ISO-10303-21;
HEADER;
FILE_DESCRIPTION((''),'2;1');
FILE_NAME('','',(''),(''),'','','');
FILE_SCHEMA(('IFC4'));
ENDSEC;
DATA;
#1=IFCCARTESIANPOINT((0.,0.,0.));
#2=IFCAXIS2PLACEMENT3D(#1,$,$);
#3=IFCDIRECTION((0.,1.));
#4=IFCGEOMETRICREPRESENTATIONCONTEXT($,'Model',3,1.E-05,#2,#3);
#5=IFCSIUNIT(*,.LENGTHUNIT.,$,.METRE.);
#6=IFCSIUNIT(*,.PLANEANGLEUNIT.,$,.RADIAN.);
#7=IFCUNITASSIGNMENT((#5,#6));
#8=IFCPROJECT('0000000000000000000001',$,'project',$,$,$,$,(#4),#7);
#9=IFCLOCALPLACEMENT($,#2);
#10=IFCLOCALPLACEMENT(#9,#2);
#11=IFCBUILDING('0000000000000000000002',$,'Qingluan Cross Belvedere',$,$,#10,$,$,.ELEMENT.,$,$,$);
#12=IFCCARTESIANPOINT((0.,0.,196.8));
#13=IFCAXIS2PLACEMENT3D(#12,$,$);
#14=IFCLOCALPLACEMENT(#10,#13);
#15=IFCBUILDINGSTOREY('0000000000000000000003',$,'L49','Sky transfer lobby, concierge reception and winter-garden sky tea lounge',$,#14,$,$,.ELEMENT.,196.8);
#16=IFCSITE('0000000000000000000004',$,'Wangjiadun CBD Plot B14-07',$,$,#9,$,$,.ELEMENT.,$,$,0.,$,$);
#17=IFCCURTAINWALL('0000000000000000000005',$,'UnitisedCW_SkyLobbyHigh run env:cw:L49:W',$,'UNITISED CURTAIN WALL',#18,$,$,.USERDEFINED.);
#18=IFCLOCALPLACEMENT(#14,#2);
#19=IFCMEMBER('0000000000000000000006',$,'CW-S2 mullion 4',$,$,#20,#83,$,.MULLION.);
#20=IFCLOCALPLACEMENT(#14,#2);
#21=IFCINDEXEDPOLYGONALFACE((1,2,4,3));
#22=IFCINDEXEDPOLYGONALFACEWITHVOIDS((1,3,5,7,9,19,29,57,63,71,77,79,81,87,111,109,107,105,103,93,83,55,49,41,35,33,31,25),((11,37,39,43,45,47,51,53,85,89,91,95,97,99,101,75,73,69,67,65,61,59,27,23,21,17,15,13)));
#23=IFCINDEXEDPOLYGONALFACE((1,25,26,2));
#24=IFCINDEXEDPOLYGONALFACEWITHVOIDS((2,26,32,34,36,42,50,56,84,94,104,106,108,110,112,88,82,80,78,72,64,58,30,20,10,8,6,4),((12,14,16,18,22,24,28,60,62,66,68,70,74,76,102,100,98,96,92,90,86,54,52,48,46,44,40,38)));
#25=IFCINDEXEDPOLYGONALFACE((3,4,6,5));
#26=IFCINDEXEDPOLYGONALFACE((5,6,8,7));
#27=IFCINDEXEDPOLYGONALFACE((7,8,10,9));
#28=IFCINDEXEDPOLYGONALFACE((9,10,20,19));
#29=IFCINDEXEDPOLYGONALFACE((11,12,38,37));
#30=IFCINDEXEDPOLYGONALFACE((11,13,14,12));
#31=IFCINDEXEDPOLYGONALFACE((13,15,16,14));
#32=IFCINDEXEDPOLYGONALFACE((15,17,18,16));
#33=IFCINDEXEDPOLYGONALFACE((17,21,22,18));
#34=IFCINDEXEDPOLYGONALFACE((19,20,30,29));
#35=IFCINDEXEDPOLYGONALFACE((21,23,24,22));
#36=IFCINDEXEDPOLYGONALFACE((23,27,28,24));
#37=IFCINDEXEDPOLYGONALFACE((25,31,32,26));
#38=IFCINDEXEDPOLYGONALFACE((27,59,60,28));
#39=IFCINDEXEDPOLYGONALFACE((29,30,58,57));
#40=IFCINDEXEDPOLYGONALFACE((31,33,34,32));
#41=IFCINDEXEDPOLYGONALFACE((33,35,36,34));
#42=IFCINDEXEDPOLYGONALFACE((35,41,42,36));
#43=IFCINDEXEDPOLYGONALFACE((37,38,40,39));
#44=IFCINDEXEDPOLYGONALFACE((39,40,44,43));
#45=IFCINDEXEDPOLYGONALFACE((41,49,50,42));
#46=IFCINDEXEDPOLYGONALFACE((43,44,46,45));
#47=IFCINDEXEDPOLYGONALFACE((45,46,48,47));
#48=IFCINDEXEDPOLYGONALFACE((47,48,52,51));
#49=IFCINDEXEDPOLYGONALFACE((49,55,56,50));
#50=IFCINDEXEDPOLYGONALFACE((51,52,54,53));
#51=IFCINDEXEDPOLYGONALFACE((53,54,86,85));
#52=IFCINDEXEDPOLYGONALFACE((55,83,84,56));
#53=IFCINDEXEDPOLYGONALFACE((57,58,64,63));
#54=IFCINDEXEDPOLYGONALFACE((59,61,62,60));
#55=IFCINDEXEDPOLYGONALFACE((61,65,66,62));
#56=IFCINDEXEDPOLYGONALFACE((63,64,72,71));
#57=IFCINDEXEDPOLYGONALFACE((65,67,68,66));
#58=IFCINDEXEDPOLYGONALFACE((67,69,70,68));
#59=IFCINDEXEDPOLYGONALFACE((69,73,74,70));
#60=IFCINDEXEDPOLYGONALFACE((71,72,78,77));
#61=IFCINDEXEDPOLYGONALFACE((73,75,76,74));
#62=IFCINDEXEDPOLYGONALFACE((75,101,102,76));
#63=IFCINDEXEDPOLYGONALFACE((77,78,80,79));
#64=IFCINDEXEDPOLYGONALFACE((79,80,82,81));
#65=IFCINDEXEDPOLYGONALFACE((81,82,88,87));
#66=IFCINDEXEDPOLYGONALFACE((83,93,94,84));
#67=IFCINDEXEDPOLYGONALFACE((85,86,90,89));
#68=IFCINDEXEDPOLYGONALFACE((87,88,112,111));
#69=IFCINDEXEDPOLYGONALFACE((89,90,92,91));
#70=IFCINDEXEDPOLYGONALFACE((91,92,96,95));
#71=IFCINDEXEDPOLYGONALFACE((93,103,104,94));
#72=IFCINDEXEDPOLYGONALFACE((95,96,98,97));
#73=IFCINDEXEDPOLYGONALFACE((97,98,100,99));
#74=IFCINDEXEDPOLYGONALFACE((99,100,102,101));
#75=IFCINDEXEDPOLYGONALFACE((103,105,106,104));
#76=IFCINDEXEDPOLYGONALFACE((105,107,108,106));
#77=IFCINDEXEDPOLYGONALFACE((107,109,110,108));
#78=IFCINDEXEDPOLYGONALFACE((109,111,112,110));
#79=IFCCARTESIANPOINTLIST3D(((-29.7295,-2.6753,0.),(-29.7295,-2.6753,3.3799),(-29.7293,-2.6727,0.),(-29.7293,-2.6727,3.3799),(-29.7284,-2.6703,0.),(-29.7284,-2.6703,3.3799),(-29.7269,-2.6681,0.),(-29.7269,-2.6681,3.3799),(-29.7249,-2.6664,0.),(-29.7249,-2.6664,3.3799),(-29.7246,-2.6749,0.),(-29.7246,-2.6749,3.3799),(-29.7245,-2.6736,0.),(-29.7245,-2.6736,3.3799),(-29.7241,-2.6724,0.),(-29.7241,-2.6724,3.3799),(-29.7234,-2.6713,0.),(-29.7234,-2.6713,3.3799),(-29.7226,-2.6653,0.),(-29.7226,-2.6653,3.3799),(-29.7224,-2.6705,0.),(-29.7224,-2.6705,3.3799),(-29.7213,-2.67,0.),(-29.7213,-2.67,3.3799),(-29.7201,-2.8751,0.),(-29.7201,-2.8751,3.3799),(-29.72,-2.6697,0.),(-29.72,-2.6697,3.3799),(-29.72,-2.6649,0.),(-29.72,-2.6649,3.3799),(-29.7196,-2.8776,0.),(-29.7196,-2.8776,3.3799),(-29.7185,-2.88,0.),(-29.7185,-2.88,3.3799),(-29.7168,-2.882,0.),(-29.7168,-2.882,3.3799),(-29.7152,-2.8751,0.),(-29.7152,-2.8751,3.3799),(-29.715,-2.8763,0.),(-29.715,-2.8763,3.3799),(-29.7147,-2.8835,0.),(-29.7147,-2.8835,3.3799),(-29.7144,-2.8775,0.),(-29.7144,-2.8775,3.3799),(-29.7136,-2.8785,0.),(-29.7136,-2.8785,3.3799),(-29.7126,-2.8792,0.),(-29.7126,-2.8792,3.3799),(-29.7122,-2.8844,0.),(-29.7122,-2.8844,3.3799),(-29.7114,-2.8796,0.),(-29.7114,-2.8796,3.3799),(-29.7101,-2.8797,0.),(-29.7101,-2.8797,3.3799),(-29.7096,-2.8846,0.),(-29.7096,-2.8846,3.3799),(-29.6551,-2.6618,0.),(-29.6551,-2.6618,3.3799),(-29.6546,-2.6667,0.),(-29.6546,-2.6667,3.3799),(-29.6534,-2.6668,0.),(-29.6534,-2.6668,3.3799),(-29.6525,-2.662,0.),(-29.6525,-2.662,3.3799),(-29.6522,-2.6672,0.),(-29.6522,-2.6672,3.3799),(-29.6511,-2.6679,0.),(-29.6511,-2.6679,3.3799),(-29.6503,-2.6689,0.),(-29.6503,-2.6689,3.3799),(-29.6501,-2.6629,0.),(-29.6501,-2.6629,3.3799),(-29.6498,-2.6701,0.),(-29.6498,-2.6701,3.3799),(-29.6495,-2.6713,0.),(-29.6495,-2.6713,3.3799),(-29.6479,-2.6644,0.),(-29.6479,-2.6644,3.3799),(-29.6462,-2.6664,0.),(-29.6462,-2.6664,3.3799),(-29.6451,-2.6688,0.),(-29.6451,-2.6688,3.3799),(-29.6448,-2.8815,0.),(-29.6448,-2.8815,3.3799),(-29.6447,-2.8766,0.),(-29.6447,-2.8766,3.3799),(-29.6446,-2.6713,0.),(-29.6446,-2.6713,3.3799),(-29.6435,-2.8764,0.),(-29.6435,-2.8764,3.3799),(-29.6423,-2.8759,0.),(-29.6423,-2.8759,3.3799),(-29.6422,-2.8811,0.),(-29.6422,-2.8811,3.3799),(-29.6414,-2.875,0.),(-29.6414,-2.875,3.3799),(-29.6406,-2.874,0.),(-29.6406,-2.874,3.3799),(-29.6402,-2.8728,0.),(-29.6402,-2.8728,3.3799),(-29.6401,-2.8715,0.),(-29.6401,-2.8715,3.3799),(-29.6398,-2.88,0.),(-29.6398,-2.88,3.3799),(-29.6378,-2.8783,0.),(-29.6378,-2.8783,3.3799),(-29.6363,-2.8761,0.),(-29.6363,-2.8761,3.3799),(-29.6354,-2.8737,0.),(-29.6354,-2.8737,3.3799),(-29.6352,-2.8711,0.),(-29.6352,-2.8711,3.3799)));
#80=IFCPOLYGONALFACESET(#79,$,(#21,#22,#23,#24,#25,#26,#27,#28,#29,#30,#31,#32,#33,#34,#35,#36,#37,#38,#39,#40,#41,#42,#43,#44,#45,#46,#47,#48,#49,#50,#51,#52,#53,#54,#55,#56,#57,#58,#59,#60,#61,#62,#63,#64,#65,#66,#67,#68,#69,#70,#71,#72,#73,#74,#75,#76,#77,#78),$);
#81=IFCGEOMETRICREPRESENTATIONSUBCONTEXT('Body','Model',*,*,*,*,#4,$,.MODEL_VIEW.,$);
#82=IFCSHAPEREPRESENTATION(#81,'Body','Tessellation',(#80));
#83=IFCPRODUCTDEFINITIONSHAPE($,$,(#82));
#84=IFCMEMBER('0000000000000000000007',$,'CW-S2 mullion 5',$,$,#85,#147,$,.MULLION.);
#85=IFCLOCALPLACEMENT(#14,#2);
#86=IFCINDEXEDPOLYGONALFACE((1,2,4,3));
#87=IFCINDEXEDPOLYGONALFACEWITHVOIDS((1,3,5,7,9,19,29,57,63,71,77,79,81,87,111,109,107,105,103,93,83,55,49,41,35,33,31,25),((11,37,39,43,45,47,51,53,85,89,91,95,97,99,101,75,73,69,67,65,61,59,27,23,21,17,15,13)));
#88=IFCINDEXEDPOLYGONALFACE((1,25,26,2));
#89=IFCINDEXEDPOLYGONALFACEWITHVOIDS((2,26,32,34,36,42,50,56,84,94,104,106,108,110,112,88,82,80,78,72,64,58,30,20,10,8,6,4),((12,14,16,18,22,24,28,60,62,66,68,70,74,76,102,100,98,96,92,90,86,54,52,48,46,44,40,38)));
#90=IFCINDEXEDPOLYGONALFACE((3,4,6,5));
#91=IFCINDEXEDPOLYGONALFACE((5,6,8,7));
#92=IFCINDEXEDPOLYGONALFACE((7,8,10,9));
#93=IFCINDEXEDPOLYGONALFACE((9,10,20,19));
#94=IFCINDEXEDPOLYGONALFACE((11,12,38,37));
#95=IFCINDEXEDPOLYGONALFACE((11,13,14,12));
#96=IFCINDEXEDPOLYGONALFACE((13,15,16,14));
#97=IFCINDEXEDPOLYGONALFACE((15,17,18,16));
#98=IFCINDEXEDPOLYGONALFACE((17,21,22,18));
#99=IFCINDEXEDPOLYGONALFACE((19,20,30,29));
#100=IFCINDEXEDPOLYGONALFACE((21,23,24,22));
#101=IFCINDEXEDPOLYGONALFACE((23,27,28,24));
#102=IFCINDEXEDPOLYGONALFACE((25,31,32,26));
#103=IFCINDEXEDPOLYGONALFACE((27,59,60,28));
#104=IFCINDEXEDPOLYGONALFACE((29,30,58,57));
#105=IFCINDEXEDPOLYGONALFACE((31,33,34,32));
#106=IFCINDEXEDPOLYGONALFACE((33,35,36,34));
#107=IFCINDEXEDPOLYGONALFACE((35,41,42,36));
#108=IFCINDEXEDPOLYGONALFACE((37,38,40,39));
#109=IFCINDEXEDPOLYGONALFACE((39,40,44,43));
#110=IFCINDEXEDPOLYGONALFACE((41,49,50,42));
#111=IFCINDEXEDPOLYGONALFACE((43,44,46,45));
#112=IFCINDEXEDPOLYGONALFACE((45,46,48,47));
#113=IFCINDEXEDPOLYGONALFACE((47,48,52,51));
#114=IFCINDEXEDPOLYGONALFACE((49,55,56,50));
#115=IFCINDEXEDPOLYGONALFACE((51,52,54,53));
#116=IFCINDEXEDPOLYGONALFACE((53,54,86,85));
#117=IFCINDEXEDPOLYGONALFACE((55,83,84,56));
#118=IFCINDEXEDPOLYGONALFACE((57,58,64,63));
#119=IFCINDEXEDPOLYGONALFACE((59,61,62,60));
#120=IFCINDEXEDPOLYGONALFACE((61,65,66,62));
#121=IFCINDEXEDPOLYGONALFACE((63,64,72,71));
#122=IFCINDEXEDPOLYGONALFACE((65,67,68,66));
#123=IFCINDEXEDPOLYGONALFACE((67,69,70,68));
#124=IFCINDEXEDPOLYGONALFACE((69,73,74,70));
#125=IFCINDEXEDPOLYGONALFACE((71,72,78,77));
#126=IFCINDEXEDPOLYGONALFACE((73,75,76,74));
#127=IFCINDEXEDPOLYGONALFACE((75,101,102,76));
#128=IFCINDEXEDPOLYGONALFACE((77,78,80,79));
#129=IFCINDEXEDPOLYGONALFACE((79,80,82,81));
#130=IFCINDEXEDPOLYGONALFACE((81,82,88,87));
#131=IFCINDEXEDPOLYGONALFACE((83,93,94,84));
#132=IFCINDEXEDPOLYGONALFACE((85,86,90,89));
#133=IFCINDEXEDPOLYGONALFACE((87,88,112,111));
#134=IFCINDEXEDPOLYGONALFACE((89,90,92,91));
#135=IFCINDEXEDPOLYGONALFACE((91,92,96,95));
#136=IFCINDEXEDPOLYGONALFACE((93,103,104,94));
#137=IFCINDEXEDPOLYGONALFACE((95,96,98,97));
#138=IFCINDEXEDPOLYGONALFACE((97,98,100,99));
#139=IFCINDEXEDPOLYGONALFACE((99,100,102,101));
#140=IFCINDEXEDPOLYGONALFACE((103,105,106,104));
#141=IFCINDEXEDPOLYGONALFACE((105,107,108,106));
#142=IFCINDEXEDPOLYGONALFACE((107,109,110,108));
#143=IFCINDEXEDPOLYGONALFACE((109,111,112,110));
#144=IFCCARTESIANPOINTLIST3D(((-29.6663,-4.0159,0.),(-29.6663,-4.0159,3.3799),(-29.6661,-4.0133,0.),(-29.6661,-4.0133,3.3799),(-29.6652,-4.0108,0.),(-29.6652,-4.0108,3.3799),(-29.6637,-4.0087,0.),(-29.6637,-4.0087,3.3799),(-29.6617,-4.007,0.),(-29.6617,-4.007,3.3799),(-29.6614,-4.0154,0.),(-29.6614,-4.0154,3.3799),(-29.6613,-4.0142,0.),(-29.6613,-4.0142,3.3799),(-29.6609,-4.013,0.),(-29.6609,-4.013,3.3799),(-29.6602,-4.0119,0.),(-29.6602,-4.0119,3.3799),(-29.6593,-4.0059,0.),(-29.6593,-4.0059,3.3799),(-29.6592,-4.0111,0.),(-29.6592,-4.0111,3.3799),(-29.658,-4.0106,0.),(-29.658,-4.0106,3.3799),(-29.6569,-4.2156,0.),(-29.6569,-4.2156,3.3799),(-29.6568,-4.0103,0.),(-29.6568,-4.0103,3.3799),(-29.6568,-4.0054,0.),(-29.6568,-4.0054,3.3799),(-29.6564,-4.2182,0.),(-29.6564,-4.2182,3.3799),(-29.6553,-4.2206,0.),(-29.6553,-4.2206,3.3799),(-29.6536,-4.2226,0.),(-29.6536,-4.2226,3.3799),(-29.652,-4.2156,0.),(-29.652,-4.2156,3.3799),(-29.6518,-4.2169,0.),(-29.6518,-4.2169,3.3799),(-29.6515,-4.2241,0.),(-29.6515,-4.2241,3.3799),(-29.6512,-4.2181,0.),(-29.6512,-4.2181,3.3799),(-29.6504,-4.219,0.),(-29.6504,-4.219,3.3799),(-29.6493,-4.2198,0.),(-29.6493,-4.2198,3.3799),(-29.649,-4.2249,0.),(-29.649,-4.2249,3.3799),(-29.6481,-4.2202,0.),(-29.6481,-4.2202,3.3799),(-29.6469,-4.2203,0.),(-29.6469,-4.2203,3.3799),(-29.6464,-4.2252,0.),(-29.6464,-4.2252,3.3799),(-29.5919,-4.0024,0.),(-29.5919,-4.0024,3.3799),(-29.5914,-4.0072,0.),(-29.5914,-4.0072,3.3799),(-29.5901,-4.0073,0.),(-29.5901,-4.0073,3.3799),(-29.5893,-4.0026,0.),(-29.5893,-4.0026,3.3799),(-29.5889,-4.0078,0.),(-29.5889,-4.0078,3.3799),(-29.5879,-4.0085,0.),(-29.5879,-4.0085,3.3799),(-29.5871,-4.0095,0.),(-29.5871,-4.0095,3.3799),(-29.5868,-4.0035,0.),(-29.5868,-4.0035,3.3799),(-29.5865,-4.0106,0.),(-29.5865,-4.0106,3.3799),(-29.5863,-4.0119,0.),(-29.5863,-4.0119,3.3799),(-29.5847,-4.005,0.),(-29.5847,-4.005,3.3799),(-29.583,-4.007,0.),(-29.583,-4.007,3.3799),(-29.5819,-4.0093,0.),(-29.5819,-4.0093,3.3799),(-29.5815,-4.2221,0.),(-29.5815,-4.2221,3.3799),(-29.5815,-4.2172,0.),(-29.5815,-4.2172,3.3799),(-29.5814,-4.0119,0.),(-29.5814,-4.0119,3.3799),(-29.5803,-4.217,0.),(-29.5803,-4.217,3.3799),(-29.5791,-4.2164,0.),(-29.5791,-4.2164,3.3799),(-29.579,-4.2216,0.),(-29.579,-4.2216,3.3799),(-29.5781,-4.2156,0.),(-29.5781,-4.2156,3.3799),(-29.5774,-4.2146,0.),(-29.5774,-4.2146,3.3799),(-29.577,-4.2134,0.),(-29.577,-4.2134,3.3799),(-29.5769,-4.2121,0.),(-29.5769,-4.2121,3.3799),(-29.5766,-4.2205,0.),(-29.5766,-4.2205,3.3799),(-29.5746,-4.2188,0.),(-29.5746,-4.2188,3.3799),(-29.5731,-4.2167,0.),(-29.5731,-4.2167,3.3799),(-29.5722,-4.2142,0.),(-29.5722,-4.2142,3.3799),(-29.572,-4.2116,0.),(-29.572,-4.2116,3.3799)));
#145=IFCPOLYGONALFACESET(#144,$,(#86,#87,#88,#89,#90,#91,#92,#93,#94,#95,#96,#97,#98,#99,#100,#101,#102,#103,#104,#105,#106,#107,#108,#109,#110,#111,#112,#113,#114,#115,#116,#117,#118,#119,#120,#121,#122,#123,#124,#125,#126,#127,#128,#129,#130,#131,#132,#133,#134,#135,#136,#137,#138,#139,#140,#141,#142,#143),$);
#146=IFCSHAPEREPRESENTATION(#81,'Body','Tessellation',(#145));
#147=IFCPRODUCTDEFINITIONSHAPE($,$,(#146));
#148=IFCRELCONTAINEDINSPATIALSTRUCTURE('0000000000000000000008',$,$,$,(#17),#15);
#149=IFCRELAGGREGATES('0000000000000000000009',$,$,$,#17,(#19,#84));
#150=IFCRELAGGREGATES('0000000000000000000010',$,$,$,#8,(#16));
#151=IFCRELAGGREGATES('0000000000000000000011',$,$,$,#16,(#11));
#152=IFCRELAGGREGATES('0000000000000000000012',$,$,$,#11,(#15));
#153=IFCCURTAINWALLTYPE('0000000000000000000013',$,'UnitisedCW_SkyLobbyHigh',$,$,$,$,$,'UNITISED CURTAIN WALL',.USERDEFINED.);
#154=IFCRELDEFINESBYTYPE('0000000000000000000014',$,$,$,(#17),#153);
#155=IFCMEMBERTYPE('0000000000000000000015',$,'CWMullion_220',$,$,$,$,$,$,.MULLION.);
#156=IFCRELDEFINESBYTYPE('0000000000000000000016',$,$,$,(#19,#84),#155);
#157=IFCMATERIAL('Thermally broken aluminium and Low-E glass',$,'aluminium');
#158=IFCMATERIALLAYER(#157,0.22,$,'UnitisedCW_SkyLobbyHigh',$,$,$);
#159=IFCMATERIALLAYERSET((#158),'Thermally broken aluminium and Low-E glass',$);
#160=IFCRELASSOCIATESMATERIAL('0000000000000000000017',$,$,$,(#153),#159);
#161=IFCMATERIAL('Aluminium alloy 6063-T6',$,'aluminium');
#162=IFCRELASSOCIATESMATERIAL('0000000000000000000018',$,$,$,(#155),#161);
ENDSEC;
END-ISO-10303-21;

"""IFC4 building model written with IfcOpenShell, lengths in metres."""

from ifc_helpers import new_model, si_unit, direction, frame, origin, origin_2d, place, context, subcontext, project, spatial, hollow_rectangle, extrude, material, layer, layer_set, material_profile, profile_set, type_object, element, aggregate, save


model = new_model("IFC4")

# Units and contexts
model_context = context("Model", 3, precision=1e-05, world=origin(), true_north=direction((0.0, 1.0)))
body_context = subcontext(model_context, "Body", "Model", "MODEL_VIEW")
ifc_project = project(units=[si_unit("LENGTHUNIT", "METRE"), si_unit("PLANEANGLEUNIT", "RADIAN")], contexts=[model_context])

# Site, building, storey
site_placement = place(None, origin())
site = spatial("IfcSite", under=ifc_project, at=site_placement, Name="Wangjiadun CBD Plot B14-07", CompositionType="ELEMENT", RefElevation=0.0)
building_placement = place(site_placement, origin())
building = spatial("IfcBuilding", under=site, at=building_placement, Name="Qingluan Cross Belvedere", CompositionType="ELEMENT")
storey_placement = place(building_placement, frame((0.0, 0.0, 196.8)))
storey = spatial("IfcBuildingStorey", under=building, at=storey_placement, Name="L49", Description="Sky transfer lobby, concierge reception and winter-garden sky tea lounge", CompositionType="ELEMENT", Elevation=196.8)

# Curtain wall, members
ifc_material_1 = material(Name="Thermally broken aluminium and Low-E glass", Category="aluminium")
ifc_layer_1 = layer(ifc_material_1, 0.22, Name="UnitisedCW_SkyLobbyHigh")
ifc_layer_set_1 = layer_set([ifc_layer_1], Name="Thermally broken aluminium and Low-E glass")
curtain_wall_type = type_object("IfcCurtainWallType", Name="UnitisedCW_SkyLobbyHigh", ElementType="UNITISED CURTAIN WALL", PredefinedType="USERDEFINED", material=ifc_layer_set_1)
curtain_wall_placement = place(storey_placement, origin())
curtain_wall = element("IfcCurtainWall", 1, at=curtain_wall_placement, inside=storey, type_object=curtain_wall_type, Name="UnitisedCW_SkyLobbyHigh run env:cw:L49:W", ObjectType="UNITISED CURTAIN WALL", PredefinedType="USERDEFINED")
ifc_material_2 = material(Name="Aluminium alloy 6063-T6", Category="aluminium")
ifc_material_profile_1 = material_profile(ifc_material_2, hollow_rectangle(XDim=0.085, YDim=0.22, WallThickness=0.0049, InnerFilletRadius=0.0049, OuterFilletRadius=0.01, at=origin_2d()), Name="CWM220x85x5")
ifc_profile_set_1 = profile_set([ifc_material_profile_1], Name="Aluminium alloy 6063-T6")
member_type_1 = type_object("IfcMemberType", Name="CWMullion_220", PredefinedType="MULLION", material=ifc_profile_set_1)
member_1_placement = place(storey_placement, frame((-29.6824, -2.7732, 0.0), z_axis=(0.0, 0.0, 1.0), x_axis=(0.99889, 0.047102, 0.0)))
member_1 = element("IfcMember", 2, at=member_1_placement, type_object=member_type_1, Name="CW-S2 mullion 4", PredefinedType="MULLION", context=body_context, shape_type="SweptSolid", body=[
    extrude(hollow_rectangle(XDim=0.085, YDim=0.22, WallThickness=0.0049, InnerFilletRadius=0.0049, OuterFilletRadius=0.01, at=origin_2d()), origin(), (0.0, 0.0, 1.0), 3.3799),
])
member_2_placement = place(storey_placement, frame((-29.6191, -4.1138, 0.0), z_axis=(0.0, 0.0, 1.0), x_axis=(0.99889, 0.047102, 0.0)))
member_2 = element("IfcMember", 3, at=member_2_placement, type_object=member_type_1, Name="CW-S2 mullion 5", PredefinedType="MULLION", context=body_context, shape_type="SweptSolid", body=[
    extrude(hollow_rectangle(XDim=0.085, YDim=0.22, WallThickness=0.0049, InnerFilletRadius=0.0049, OuterFilletRadius=0.01, at=origin_2d()), origin(), (0.0, 0.0, 1.0), 3.3799),
])
aggregate(curtain_wall, [member_1, member_2])

save(model, "model.ifc")
